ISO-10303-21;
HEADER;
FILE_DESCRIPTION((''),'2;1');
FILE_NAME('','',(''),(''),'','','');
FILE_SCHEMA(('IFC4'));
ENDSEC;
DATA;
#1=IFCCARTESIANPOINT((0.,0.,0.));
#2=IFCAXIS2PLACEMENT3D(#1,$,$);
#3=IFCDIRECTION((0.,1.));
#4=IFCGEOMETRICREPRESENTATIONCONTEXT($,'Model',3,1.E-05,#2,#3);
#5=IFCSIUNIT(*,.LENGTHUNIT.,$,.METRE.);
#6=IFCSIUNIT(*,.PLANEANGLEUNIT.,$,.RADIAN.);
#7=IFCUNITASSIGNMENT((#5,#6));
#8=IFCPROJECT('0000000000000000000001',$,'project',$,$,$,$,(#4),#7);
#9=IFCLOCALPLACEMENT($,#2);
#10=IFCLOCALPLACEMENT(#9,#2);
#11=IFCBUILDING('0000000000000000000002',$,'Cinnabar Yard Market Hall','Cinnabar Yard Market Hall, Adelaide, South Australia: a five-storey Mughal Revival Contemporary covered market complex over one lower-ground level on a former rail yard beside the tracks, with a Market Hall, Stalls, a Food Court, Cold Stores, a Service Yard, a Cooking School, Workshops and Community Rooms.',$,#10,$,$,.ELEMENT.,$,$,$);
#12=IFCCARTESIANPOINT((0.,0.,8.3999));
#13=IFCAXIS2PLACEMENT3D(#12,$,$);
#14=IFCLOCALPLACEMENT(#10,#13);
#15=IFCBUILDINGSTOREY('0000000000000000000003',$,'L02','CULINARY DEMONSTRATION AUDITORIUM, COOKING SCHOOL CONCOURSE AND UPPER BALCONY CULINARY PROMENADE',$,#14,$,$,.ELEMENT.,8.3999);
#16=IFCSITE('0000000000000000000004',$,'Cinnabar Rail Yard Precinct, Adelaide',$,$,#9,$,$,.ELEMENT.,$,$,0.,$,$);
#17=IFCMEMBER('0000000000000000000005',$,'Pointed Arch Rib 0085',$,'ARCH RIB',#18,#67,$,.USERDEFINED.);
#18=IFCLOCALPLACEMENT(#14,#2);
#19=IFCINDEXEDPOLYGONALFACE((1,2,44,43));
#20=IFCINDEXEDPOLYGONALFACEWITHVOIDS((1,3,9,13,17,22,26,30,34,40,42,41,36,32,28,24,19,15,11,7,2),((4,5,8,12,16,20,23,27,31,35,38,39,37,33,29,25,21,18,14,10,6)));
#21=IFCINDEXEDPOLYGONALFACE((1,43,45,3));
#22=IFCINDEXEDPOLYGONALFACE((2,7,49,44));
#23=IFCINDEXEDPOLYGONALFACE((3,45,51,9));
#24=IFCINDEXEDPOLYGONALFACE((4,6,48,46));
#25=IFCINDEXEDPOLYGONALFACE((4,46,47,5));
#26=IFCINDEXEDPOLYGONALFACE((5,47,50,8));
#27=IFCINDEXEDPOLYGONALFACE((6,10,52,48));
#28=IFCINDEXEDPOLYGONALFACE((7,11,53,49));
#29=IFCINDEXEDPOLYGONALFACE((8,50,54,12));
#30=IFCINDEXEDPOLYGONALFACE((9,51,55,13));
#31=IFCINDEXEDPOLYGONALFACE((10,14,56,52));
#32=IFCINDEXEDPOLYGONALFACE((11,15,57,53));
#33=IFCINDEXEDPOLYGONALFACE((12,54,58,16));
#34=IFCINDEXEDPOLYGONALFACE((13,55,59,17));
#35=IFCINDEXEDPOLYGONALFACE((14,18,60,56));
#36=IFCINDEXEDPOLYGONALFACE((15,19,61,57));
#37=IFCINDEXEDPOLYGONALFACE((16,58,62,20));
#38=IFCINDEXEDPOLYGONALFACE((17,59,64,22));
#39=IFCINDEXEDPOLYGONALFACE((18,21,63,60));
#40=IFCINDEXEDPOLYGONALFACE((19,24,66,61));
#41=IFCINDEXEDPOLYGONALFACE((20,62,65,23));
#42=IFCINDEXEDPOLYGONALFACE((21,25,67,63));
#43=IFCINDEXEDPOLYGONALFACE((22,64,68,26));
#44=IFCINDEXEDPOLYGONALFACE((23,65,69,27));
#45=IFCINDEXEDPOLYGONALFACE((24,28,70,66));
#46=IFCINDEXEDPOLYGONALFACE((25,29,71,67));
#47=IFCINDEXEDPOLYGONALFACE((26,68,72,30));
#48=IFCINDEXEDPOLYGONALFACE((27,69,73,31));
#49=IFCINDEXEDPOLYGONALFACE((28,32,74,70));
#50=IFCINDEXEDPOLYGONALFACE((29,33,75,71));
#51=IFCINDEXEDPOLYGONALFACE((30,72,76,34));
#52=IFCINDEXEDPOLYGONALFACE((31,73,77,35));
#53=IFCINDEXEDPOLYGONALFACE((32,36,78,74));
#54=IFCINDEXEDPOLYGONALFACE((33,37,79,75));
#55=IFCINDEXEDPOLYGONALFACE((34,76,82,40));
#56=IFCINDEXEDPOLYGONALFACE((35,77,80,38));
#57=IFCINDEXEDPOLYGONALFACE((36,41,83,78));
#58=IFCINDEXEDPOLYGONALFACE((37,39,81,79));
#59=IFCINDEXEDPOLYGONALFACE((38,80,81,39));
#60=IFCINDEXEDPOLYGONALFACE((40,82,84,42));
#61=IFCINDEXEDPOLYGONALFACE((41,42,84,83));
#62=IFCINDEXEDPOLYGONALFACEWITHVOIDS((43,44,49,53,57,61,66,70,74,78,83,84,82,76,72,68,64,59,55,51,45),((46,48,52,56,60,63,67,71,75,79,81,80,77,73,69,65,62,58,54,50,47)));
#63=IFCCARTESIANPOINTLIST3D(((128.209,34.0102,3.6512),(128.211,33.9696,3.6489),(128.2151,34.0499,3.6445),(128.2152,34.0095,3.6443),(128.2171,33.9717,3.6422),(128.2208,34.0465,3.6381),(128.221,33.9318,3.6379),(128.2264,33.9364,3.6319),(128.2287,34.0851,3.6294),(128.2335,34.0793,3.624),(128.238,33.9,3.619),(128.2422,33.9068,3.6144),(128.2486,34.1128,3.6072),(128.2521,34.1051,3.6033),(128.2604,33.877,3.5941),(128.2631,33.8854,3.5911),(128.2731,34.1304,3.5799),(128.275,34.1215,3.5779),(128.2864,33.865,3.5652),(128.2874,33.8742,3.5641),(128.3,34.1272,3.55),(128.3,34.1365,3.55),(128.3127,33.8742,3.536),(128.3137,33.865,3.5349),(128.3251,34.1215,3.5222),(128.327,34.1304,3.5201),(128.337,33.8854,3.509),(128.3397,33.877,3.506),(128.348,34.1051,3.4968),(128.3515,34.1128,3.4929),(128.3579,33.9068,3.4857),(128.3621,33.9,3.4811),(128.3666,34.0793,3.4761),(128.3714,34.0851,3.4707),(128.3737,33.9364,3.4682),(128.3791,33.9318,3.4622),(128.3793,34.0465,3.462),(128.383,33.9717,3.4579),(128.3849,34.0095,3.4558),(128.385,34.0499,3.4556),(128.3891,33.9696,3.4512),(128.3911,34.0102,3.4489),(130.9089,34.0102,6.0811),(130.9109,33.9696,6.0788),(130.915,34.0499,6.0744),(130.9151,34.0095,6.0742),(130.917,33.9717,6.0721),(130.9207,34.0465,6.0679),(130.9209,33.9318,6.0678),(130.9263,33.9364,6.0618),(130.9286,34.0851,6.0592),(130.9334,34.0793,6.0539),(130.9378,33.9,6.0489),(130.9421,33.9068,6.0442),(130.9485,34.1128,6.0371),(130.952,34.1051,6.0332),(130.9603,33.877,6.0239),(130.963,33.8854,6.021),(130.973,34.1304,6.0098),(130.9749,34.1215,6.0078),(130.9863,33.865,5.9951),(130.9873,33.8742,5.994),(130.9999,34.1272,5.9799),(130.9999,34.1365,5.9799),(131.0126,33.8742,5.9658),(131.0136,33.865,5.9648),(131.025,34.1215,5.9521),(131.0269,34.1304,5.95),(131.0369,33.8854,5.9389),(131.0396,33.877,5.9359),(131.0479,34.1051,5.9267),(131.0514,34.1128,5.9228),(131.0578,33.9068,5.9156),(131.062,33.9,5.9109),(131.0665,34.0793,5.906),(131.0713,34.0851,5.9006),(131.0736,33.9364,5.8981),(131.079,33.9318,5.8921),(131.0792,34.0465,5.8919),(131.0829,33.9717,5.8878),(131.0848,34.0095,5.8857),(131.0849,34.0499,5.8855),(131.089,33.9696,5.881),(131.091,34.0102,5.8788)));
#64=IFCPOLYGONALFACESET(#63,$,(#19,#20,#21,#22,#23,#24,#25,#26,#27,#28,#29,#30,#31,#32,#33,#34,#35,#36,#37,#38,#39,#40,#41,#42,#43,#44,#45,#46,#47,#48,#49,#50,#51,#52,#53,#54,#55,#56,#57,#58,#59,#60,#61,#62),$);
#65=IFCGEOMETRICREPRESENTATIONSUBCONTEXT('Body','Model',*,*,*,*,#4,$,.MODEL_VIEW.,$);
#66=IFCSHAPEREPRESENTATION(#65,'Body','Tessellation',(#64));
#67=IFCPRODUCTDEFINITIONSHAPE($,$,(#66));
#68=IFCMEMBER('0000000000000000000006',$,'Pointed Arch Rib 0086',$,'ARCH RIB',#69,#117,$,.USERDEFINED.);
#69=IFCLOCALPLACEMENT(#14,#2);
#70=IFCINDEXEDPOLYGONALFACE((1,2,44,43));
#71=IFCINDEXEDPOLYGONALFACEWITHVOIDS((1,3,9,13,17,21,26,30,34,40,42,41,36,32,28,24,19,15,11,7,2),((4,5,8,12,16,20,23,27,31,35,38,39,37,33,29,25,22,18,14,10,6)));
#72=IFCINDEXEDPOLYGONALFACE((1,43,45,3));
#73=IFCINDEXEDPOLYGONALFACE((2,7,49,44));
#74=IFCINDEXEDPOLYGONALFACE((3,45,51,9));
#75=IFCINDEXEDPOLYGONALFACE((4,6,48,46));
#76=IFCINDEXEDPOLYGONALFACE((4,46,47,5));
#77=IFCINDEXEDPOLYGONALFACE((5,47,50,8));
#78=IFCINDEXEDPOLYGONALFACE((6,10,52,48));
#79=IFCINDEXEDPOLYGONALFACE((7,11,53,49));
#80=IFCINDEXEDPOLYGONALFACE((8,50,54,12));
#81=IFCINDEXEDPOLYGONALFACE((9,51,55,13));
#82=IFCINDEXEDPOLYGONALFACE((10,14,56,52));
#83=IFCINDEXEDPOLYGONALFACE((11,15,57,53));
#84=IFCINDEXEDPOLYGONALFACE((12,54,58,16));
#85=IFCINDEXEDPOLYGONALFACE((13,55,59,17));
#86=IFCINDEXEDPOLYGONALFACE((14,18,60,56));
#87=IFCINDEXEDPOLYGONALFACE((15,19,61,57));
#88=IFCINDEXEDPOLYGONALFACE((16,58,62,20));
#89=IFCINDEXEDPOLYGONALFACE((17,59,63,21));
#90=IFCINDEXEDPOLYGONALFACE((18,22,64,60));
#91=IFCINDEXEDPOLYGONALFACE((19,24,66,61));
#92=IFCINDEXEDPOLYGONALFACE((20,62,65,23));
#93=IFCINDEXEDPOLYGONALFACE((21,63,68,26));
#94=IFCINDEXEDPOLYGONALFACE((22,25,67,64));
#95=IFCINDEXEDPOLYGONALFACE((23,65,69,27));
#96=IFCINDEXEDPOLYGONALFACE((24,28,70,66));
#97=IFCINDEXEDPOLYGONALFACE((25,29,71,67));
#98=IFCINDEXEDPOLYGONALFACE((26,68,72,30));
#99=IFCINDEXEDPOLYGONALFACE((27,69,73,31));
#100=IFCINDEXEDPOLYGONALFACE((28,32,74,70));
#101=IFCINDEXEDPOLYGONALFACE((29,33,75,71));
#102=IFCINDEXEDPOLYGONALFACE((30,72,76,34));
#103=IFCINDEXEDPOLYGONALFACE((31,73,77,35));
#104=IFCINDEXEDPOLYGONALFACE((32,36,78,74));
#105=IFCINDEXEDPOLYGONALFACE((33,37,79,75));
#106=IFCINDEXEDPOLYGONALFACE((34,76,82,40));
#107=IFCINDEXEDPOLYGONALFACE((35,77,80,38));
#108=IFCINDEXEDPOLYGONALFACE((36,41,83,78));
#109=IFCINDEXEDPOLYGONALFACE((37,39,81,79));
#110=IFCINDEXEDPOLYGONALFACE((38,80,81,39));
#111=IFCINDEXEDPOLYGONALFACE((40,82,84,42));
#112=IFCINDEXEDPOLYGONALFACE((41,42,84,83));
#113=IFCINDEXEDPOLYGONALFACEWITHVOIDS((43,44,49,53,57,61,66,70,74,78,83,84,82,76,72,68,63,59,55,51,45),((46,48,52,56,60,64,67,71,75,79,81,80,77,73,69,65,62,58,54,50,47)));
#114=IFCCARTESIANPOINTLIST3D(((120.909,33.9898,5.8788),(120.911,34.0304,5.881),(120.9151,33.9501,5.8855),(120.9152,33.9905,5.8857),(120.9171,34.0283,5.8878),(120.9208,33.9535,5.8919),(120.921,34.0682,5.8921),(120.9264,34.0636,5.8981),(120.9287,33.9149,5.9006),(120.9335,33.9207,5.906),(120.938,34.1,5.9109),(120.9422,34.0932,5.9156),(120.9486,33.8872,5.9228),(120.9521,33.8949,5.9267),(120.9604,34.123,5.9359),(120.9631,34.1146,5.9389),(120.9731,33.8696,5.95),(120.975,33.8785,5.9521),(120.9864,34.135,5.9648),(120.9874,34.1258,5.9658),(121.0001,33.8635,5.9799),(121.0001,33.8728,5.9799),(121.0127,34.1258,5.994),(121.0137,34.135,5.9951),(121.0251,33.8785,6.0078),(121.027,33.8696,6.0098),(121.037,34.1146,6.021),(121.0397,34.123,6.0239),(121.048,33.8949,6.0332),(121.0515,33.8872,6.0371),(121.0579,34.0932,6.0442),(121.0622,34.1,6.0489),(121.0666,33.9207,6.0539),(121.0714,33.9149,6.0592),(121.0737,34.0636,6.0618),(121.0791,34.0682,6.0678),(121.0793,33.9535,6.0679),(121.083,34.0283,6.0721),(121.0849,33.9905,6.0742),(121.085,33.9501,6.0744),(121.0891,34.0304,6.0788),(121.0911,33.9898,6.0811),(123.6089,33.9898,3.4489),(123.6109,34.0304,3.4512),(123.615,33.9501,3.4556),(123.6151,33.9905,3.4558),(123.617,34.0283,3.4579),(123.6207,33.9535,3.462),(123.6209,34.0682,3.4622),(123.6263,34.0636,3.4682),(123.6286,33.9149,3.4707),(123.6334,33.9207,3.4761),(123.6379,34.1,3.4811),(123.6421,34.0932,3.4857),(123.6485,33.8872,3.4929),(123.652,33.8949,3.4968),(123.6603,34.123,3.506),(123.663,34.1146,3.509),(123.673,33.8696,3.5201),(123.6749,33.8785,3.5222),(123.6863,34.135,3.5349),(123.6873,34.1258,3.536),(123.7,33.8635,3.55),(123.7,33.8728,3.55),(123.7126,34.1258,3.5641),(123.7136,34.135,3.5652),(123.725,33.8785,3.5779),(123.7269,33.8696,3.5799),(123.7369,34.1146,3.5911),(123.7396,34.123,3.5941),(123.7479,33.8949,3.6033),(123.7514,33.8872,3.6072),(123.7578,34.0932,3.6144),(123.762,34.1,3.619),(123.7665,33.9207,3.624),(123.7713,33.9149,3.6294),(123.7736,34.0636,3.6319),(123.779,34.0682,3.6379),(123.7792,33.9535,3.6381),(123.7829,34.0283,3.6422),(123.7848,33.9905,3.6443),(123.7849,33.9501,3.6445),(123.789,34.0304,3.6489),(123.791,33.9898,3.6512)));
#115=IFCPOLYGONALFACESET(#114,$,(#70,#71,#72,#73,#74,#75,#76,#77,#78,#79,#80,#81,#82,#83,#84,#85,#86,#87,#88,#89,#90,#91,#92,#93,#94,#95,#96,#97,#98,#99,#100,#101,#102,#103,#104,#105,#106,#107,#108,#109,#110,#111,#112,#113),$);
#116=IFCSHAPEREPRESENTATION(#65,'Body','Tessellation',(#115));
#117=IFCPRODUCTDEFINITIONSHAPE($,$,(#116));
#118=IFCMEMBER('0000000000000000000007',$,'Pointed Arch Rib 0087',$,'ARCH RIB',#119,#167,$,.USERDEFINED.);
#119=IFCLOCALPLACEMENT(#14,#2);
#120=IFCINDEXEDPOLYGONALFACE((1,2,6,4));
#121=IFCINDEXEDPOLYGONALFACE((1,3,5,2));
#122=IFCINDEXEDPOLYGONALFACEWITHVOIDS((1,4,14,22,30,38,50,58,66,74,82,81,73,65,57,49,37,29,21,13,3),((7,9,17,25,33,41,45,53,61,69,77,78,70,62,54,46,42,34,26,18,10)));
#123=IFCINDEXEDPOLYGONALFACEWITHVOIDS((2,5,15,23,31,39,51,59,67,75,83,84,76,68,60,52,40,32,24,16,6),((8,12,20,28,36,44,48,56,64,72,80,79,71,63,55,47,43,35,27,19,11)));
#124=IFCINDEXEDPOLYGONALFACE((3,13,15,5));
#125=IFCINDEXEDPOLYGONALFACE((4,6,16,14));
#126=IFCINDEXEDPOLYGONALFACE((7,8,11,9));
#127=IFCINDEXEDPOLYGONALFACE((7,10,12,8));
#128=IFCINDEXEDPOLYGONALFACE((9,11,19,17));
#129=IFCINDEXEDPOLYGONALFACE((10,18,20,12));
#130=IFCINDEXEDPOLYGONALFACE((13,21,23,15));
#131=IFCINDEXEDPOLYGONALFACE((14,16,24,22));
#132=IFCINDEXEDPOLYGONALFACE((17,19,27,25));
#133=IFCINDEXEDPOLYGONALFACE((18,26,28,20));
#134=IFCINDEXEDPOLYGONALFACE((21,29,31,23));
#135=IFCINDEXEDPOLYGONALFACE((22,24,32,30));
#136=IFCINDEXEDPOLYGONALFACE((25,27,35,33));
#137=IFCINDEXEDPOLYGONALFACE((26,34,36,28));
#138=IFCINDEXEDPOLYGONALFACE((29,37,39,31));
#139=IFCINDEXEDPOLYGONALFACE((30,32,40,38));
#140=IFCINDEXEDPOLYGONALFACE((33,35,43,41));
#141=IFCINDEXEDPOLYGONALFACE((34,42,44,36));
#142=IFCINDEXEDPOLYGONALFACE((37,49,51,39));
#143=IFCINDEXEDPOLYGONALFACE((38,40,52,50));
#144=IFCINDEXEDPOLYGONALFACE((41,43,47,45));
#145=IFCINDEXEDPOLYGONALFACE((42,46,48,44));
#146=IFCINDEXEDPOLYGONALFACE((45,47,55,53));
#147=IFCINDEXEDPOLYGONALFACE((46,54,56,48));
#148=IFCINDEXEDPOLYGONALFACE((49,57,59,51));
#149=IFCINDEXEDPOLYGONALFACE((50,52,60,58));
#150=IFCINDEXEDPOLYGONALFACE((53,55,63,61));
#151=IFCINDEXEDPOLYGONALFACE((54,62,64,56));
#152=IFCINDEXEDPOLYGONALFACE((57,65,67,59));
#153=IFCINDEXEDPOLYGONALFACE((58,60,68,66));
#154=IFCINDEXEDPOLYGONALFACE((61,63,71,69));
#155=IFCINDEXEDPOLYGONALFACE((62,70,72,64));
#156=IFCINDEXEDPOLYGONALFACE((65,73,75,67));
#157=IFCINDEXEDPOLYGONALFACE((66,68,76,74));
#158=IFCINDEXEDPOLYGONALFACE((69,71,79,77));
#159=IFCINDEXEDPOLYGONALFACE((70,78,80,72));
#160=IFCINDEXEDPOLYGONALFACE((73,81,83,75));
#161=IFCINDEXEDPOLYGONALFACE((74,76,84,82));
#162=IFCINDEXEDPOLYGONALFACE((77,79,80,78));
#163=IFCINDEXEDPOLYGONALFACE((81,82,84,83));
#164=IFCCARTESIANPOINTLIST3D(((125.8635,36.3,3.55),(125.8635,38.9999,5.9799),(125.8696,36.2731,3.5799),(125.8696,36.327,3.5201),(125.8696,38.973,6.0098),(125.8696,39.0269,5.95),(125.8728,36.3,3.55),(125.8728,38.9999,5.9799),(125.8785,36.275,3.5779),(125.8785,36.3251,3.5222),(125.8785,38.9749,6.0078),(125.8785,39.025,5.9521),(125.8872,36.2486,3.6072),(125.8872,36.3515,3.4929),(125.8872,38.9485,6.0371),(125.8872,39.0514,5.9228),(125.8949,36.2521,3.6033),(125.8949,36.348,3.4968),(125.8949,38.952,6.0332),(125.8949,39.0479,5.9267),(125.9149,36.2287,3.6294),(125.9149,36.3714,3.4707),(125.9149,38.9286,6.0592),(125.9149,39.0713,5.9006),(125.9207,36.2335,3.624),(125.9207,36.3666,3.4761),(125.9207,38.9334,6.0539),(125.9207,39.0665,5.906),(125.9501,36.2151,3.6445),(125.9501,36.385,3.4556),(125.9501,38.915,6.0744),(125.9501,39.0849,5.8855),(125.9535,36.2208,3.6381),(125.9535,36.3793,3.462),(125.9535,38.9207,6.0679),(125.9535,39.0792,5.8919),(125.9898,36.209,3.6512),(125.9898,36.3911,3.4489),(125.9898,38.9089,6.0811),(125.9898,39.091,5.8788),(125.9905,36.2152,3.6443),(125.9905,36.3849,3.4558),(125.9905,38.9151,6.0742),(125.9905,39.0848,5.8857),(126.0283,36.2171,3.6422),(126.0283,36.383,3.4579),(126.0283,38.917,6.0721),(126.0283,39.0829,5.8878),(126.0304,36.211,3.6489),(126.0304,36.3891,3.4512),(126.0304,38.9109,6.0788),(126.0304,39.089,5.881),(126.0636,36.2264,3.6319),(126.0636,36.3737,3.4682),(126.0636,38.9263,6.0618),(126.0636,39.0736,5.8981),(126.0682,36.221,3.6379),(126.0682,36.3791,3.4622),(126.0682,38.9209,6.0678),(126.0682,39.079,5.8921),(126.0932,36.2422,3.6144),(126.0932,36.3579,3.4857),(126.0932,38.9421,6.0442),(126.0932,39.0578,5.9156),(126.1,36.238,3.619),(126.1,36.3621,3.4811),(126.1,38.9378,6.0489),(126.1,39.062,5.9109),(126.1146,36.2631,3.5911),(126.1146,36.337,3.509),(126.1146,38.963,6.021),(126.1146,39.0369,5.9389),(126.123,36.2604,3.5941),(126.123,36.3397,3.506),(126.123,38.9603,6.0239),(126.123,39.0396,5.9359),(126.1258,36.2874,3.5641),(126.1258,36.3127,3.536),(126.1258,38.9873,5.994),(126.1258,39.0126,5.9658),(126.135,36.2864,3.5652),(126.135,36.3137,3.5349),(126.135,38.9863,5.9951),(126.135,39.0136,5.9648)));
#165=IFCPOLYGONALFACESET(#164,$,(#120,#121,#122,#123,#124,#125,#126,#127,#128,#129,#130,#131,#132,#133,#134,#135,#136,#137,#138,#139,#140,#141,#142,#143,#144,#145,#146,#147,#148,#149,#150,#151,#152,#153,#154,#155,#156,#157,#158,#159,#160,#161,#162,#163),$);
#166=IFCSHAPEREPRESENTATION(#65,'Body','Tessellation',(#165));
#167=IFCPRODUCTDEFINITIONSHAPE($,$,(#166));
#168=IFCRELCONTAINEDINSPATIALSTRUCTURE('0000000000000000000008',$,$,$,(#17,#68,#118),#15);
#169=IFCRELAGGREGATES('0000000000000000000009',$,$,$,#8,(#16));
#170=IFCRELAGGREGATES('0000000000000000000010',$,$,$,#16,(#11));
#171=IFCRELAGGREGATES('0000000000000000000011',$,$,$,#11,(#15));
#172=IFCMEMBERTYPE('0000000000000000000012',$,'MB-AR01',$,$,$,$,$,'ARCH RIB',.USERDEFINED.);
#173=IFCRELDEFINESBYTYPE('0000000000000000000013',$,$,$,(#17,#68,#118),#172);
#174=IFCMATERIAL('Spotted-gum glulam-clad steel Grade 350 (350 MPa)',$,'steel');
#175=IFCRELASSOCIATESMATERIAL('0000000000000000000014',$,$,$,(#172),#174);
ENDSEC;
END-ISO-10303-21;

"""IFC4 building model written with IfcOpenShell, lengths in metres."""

from ifc_helpers import new_model, si_unit, direction, frame, origin, origin_2d_with_axis, place, context, subcontext, project, spatial, hollow_circle, extrude, material, material_profile, profile_set, type_object, element, save


model = new_model("IFC4")

# Units and contexts
model_context = context("Model", 3, precision=1e-05, world=origin(), true_north=direction((0.0, 1.0)))
body_context = subcontext(model_context, "Body", "Model", "MODEL_VIEW")
ifc_project = project(units=[si_unit("LENGTHUNIT", "METRE"), si_unit("PLANEANGLEUNIT", "RADIAN")], contexts=[model_context])

# Site, building, storey
site_placement = place(None, origin())
site = spatial("IfcSite", under=ifc_project, at=site_placement, Name="Cinnabar Rail Yard Precinct, Adelaide", CompositionType="ELEMENT", RefElevation=0.0)
building_placement = place(site_placement, origin())
building = spatial("IfcBuilding", under=site, at=building_placement, Name="Cinnabar Yard Market Hall", Description="Cinnabar Yard Market Hall, Adelaide, South Australia: a five-storey Mughal Revival Contemporary covered market complex over one lower-ground level on a former rail yard beside the tracks, with a Market Hall, Stalls, a Food Court, Cold Stores, a Service Yard, a Cooking School, Workshops and Community Rooms.", CompositionType="ELEMENT")
storey_placement = place(building_placement, frame((0.0, 0.0, 8.3999)))
storey = spatial("IfcBuildingStorey", under=building, at=storey_placement, Name="L02", Description="CULINARY DEMONSTRATION AUDITORIUM, COOKING SCHOOL CONCOURSE AND UPPER BALCONY CULINARY PROMENADE", CompositionType="ELEMENT", Elevation=8.3999)

# Shared definitions
ifc_material_1 = material(Name="Spotted-gum glulam-clad steel Grade 350 (350 MPa)", Category="steel")

# Members
ifc_material_profile_1 = material_profile(ifc_material_1, hollow_circle(Radius=0.1365, WallThickness=0.0093, at=origin_2d_with_axis()), Name="273.1x9.3CHS")
ifc_profile_set_1 = profile_set([ifc_material_profile_1], Name="Spotted-gum glulam-clad steel Grade 350 (350 MPa)")
member_type_1 = type_object("IfcMemberType", Name="MB-AR01", ElementType="ARCH RIB", PredefinedType="USERDEFINED", material=ifc_profile_set_1)
for number, where, z_axis, x_axis, name in (
    (1, (128.3, 34.0, 3.55), (0.743297, 0.0, 0.668961), (0.0, 1.0, 0.0), "Pointed Arch Rib 0085"),
    (2, (123.7, 34.0, 3.55), (-0.743297, 0.0, 0.668961), (0.0, -1.0, 0.0), "Pointed Arch Rib 0086"),
    (3, (126.0, 36.3, 3.55), (0.0, 0.743297, 0.668961), (-1.0, 0.0, 0.0), "Pointed Arch Rib 0087"),
):
    element("IfcMember", number, at=place(storey_placement, frame(where, z_axis=z_axis, x_axis=x_axis)), inside=storey, type_object=member_type_1, Name=name, ObjectType="ARCH RIB", PredefinedType="USERDEFINED", context=body_context, shape_type="SweptSolid", body=[
        extrude(hollow_circle(Radius=0.1365, WallThickness=0.0093, at=origin_2d_with_axis()), origin(), (0.0, 0.0, 1.0), 3.6323),
    ])

save(model, "model.ifc")
